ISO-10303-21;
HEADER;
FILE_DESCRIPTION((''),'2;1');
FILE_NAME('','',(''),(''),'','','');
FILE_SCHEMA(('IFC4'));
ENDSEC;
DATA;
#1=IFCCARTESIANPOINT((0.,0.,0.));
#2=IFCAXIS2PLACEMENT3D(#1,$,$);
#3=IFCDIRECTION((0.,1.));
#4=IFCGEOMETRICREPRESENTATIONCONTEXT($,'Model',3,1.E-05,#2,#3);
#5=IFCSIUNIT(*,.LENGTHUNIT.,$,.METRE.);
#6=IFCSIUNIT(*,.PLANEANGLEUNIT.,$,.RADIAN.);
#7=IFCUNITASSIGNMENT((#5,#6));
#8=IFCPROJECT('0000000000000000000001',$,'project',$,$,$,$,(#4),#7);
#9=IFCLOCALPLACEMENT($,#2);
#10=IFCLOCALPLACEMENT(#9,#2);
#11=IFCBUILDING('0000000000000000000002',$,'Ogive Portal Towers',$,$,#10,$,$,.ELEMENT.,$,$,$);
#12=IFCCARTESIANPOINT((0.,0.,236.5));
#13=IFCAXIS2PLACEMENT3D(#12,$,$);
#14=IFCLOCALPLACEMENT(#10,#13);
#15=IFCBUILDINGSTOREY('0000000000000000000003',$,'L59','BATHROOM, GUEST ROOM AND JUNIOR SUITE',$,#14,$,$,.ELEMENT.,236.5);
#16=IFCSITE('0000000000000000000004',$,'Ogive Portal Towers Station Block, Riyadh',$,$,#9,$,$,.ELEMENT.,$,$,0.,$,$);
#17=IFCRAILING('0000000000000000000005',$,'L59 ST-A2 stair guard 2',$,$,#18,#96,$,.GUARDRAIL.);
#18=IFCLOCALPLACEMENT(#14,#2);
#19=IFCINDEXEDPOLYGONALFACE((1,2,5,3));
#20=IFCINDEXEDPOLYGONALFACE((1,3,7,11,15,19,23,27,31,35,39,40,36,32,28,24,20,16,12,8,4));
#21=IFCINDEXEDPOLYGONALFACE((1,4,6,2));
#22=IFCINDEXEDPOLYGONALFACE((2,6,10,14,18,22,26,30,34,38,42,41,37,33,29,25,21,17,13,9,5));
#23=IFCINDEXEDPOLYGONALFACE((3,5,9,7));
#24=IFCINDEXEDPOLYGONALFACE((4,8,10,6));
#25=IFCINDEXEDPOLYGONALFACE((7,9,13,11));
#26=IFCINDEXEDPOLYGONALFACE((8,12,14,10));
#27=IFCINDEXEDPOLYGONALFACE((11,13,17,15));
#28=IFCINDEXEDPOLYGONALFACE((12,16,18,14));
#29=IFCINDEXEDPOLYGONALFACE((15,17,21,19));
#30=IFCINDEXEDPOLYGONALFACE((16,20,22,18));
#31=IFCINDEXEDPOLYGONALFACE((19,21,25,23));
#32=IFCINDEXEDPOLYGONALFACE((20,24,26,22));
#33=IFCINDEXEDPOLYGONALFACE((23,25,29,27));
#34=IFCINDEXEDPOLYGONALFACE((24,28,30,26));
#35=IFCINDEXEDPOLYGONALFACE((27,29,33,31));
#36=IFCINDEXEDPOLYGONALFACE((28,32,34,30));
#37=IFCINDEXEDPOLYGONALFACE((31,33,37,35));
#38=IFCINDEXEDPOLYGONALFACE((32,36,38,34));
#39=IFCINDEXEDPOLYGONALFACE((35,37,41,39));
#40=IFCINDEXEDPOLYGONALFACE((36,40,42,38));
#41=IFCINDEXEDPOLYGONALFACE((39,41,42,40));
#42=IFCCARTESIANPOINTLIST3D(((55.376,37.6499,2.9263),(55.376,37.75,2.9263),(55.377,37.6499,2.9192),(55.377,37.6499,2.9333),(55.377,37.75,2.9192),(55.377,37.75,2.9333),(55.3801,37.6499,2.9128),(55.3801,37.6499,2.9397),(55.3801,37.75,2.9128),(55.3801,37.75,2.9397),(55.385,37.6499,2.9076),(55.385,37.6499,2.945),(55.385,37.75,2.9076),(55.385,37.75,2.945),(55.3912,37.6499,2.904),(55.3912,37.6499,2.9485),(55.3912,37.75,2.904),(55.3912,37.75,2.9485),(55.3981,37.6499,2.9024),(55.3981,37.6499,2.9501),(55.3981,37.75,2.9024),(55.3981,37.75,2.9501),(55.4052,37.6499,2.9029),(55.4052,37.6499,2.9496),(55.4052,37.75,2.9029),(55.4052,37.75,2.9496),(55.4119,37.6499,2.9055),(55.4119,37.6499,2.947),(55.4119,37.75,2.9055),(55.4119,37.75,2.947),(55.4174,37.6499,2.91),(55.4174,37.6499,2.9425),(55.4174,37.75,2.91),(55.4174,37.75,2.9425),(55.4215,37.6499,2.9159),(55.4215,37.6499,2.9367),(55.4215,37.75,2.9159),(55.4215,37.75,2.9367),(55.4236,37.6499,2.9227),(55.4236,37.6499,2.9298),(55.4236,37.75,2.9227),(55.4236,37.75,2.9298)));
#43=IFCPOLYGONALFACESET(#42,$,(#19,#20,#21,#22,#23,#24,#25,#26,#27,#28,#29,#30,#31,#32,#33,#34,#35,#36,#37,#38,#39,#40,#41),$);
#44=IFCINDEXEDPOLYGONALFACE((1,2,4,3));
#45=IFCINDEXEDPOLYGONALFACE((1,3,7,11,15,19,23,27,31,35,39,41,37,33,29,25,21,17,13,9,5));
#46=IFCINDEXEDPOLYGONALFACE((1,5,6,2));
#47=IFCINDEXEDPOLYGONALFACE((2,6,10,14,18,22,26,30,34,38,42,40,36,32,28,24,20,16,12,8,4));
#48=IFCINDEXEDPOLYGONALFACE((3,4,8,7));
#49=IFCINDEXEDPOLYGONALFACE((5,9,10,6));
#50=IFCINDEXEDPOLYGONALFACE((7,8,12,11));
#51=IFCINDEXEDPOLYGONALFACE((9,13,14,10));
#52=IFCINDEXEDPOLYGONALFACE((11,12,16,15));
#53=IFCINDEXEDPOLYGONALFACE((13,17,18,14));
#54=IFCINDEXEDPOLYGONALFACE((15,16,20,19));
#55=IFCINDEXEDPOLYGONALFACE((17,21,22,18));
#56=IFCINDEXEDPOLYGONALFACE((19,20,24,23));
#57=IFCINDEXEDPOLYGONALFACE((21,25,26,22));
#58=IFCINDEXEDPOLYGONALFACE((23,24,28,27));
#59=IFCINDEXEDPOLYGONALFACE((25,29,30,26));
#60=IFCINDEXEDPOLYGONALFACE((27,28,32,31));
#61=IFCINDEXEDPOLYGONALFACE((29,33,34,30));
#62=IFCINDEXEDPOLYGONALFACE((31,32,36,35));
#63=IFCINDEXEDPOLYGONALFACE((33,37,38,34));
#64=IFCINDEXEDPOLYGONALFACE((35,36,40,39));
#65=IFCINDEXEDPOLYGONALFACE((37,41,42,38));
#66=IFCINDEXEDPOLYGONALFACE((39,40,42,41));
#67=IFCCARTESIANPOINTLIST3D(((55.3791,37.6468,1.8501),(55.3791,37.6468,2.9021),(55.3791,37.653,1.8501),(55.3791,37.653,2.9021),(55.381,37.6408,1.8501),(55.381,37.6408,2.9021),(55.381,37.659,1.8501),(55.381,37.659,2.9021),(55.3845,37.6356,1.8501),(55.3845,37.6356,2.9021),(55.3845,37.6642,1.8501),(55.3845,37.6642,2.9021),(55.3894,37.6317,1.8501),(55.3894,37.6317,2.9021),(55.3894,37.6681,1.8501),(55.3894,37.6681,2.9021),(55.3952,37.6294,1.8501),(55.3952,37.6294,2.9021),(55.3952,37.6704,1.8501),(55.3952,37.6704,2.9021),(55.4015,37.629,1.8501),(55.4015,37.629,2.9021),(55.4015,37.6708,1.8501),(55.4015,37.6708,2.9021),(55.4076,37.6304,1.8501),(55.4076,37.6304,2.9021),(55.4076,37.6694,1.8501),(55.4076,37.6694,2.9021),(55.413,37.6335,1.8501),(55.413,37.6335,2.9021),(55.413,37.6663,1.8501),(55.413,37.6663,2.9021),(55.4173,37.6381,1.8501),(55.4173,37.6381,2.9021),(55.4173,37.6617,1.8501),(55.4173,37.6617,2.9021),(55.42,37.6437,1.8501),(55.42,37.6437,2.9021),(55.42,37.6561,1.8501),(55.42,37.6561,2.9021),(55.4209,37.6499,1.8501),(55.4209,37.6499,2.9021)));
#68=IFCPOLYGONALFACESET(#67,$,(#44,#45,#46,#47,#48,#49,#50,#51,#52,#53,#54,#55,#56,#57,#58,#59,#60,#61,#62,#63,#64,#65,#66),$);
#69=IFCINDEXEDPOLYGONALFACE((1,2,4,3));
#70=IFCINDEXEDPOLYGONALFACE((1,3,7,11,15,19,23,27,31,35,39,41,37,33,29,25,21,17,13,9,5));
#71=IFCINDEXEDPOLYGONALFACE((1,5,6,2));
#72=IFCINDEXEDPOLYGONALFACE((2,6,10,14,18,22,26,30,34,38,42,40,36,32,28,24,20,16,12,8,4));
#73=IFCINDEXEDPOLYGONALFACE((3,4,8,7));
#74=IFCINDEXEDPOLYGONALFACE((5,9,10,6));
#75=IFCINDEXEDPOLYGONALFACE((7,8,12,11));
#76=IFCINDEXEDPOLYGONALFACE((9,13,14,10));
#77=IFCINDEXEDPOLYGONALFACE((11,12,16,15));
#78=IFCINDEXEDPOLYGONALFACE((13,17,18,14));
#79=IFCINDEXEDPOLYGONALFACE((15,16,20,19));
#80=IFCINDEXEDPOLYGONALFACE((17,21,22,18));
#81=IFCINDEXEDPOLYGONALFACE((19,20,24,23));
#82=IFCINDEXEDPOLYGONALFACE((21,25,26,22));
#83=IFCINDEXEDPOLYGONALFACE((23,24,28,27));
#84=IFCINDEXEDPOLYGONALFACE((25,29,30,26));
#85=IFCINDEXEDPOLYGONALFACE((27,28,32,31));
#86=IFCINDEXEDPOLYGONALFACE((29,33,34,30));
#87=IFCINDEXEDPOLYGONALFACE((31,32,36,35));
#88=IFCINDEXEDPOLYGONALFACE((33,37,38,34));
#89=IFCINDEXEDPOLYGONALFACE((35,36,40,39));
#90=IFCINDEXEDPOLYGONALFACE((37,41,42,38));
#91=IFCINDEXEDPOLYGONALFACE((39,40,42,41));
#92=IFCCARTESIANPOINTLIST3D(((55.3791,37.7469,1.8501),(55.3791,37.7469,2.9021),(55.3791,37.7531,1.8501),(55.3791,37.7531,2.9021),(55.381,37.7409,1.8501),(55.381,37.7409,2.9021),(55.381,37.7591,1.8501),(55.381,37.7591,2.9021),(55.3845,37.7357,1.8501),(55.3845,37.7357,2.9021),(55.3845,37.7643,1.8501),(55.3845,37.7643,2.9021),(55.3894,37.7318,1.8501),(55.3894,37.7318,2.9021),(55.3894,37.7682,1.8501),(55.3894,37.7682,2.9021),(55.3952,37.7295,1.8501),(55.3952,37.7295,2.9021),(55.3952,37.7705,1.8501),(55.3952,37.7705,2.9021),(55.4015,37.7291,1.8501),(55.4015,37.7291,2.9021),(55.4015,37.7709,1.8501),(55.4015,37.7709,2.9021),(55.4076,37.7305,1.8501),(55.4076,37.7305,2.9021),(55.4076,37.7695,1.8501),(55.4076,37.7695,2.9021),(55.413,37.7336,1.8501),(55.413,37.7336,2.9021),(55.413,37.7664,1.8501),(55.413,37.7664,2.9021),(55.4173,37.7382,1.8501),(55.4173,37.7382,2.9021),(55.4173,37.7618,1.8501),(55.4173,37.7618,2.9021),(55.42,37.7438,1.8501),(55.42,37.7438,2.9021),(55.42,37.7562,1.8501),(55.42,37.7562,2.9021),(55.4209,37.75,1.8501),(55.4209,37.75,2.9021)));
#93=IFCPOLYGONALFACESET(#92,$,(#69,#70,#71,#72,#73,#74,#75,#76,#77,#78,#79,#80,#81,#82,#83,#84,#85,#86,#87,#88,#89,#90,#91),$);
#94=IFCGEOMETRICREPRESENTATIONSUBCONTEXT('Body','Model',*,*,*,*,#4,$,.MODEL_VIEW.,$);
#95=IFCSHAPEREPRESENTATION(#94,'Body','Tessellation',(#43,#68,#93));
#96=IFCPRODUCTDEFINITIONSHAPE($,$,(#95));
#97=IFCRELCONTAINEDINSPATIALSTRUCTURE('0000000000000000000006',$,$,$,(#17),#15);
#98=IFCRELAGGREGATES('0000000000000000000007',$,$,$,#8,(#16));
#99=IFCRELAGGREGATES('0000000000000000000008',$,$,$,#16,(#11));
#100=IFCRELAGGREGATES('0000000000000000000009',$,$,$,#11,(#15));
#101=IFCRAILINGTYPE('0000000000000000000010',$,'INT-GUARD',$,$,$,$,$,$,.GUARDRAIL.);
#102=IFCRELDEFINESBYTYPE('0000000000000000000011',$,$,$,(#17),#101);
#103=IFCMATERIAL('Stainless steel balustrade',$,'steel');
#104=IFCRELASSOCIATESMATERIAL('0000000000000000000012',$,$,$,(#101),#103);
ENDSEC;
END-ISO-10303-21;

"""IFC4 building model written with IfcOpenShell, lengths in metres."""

from ifc_helpers import new_model, si_unit, direction, frame, origin, origin_2d, place, context, subcontext, project, spatial, circle, extrude, material, type_object, element, save


model = new_model("IFC4")

# Units and contexts
model_context = context("Model", 3, precision=1e-05, world=origin(), true_north=direction((0.0, 1.0)))
body_context = subcontext(model_context, "Body", "Model", "MODEL_VIEW")
ifc_project = project(units=[si_unit("LENGTHUNIT", "METRE"), si_unit("PLANEANGLEUNIT", "RADIAN")], contexts=[model_context])

# Site, building, storey
site_placement = place(None, origin())
site = spatial("IfcSite", under=ifc_project, at=site_placement, Name="Ogive Portal Towers Station Block, Riyadh", CompositionType="ELEMENT", RefElevation=0.0)
building_placement = place(site_placement, origin())
building = spatial("IfcBuilding", under=site, at=building_placement, Name="Ogive Portal Towers", CompositionType="ELEMENT")
storey_placement = place(building_placement, frame((0.0, 0.0, 236.5)))
storey = spatial("IfcBuildingStorey", under=building, at=storey_placement, Name="L59", Description="BATHROOM, GUEST ROOM AND JUNIOR SUITE", CompositionType="ELEMENT", Elevation=236.5)

# Railing
ifc_material_1 = material(Name="Stainless steel balustrade", Category="steel")
railing_type_1 = type_object("IfcRailingType", Name="INT-GUARD", PredefinedType="GUARDRAIL", material=ifc_material_1)
railing_1_placement = place(storey_placement, frame((55.3999, 37.6499, 1.8501)))
element("IfcRailing", 1, at=railing_1_placement, inside=storey, type_object=railing_type_1, Name="L59 ST-A2 stair guard 2", PredefinedType="GUARDRAIL", context=body_context, shape_type="SweptSolid", body=[
    extrude(circle(Radius=0.0239, at=origin_2d()), frame((0.0, 0.0, 1.0762), z_axis=(0.0, 1.0, 0.0), x_axis=(-1.0, 0.0, 0.0)), (0.0, 0.0, 1.0), 0.1001),
    extrude(circle(Radius=0.021, at=origin_2d()), origin(), (0.0, 0.0, 1.0), 1.052),
    extrude(circle(Radius=0.021, at=origin_2d()), frame((0.0, 0.1001, 0.0)), (0.0, 0.0, 1.0), 1.052),
])

save(model, "model.ifc")
